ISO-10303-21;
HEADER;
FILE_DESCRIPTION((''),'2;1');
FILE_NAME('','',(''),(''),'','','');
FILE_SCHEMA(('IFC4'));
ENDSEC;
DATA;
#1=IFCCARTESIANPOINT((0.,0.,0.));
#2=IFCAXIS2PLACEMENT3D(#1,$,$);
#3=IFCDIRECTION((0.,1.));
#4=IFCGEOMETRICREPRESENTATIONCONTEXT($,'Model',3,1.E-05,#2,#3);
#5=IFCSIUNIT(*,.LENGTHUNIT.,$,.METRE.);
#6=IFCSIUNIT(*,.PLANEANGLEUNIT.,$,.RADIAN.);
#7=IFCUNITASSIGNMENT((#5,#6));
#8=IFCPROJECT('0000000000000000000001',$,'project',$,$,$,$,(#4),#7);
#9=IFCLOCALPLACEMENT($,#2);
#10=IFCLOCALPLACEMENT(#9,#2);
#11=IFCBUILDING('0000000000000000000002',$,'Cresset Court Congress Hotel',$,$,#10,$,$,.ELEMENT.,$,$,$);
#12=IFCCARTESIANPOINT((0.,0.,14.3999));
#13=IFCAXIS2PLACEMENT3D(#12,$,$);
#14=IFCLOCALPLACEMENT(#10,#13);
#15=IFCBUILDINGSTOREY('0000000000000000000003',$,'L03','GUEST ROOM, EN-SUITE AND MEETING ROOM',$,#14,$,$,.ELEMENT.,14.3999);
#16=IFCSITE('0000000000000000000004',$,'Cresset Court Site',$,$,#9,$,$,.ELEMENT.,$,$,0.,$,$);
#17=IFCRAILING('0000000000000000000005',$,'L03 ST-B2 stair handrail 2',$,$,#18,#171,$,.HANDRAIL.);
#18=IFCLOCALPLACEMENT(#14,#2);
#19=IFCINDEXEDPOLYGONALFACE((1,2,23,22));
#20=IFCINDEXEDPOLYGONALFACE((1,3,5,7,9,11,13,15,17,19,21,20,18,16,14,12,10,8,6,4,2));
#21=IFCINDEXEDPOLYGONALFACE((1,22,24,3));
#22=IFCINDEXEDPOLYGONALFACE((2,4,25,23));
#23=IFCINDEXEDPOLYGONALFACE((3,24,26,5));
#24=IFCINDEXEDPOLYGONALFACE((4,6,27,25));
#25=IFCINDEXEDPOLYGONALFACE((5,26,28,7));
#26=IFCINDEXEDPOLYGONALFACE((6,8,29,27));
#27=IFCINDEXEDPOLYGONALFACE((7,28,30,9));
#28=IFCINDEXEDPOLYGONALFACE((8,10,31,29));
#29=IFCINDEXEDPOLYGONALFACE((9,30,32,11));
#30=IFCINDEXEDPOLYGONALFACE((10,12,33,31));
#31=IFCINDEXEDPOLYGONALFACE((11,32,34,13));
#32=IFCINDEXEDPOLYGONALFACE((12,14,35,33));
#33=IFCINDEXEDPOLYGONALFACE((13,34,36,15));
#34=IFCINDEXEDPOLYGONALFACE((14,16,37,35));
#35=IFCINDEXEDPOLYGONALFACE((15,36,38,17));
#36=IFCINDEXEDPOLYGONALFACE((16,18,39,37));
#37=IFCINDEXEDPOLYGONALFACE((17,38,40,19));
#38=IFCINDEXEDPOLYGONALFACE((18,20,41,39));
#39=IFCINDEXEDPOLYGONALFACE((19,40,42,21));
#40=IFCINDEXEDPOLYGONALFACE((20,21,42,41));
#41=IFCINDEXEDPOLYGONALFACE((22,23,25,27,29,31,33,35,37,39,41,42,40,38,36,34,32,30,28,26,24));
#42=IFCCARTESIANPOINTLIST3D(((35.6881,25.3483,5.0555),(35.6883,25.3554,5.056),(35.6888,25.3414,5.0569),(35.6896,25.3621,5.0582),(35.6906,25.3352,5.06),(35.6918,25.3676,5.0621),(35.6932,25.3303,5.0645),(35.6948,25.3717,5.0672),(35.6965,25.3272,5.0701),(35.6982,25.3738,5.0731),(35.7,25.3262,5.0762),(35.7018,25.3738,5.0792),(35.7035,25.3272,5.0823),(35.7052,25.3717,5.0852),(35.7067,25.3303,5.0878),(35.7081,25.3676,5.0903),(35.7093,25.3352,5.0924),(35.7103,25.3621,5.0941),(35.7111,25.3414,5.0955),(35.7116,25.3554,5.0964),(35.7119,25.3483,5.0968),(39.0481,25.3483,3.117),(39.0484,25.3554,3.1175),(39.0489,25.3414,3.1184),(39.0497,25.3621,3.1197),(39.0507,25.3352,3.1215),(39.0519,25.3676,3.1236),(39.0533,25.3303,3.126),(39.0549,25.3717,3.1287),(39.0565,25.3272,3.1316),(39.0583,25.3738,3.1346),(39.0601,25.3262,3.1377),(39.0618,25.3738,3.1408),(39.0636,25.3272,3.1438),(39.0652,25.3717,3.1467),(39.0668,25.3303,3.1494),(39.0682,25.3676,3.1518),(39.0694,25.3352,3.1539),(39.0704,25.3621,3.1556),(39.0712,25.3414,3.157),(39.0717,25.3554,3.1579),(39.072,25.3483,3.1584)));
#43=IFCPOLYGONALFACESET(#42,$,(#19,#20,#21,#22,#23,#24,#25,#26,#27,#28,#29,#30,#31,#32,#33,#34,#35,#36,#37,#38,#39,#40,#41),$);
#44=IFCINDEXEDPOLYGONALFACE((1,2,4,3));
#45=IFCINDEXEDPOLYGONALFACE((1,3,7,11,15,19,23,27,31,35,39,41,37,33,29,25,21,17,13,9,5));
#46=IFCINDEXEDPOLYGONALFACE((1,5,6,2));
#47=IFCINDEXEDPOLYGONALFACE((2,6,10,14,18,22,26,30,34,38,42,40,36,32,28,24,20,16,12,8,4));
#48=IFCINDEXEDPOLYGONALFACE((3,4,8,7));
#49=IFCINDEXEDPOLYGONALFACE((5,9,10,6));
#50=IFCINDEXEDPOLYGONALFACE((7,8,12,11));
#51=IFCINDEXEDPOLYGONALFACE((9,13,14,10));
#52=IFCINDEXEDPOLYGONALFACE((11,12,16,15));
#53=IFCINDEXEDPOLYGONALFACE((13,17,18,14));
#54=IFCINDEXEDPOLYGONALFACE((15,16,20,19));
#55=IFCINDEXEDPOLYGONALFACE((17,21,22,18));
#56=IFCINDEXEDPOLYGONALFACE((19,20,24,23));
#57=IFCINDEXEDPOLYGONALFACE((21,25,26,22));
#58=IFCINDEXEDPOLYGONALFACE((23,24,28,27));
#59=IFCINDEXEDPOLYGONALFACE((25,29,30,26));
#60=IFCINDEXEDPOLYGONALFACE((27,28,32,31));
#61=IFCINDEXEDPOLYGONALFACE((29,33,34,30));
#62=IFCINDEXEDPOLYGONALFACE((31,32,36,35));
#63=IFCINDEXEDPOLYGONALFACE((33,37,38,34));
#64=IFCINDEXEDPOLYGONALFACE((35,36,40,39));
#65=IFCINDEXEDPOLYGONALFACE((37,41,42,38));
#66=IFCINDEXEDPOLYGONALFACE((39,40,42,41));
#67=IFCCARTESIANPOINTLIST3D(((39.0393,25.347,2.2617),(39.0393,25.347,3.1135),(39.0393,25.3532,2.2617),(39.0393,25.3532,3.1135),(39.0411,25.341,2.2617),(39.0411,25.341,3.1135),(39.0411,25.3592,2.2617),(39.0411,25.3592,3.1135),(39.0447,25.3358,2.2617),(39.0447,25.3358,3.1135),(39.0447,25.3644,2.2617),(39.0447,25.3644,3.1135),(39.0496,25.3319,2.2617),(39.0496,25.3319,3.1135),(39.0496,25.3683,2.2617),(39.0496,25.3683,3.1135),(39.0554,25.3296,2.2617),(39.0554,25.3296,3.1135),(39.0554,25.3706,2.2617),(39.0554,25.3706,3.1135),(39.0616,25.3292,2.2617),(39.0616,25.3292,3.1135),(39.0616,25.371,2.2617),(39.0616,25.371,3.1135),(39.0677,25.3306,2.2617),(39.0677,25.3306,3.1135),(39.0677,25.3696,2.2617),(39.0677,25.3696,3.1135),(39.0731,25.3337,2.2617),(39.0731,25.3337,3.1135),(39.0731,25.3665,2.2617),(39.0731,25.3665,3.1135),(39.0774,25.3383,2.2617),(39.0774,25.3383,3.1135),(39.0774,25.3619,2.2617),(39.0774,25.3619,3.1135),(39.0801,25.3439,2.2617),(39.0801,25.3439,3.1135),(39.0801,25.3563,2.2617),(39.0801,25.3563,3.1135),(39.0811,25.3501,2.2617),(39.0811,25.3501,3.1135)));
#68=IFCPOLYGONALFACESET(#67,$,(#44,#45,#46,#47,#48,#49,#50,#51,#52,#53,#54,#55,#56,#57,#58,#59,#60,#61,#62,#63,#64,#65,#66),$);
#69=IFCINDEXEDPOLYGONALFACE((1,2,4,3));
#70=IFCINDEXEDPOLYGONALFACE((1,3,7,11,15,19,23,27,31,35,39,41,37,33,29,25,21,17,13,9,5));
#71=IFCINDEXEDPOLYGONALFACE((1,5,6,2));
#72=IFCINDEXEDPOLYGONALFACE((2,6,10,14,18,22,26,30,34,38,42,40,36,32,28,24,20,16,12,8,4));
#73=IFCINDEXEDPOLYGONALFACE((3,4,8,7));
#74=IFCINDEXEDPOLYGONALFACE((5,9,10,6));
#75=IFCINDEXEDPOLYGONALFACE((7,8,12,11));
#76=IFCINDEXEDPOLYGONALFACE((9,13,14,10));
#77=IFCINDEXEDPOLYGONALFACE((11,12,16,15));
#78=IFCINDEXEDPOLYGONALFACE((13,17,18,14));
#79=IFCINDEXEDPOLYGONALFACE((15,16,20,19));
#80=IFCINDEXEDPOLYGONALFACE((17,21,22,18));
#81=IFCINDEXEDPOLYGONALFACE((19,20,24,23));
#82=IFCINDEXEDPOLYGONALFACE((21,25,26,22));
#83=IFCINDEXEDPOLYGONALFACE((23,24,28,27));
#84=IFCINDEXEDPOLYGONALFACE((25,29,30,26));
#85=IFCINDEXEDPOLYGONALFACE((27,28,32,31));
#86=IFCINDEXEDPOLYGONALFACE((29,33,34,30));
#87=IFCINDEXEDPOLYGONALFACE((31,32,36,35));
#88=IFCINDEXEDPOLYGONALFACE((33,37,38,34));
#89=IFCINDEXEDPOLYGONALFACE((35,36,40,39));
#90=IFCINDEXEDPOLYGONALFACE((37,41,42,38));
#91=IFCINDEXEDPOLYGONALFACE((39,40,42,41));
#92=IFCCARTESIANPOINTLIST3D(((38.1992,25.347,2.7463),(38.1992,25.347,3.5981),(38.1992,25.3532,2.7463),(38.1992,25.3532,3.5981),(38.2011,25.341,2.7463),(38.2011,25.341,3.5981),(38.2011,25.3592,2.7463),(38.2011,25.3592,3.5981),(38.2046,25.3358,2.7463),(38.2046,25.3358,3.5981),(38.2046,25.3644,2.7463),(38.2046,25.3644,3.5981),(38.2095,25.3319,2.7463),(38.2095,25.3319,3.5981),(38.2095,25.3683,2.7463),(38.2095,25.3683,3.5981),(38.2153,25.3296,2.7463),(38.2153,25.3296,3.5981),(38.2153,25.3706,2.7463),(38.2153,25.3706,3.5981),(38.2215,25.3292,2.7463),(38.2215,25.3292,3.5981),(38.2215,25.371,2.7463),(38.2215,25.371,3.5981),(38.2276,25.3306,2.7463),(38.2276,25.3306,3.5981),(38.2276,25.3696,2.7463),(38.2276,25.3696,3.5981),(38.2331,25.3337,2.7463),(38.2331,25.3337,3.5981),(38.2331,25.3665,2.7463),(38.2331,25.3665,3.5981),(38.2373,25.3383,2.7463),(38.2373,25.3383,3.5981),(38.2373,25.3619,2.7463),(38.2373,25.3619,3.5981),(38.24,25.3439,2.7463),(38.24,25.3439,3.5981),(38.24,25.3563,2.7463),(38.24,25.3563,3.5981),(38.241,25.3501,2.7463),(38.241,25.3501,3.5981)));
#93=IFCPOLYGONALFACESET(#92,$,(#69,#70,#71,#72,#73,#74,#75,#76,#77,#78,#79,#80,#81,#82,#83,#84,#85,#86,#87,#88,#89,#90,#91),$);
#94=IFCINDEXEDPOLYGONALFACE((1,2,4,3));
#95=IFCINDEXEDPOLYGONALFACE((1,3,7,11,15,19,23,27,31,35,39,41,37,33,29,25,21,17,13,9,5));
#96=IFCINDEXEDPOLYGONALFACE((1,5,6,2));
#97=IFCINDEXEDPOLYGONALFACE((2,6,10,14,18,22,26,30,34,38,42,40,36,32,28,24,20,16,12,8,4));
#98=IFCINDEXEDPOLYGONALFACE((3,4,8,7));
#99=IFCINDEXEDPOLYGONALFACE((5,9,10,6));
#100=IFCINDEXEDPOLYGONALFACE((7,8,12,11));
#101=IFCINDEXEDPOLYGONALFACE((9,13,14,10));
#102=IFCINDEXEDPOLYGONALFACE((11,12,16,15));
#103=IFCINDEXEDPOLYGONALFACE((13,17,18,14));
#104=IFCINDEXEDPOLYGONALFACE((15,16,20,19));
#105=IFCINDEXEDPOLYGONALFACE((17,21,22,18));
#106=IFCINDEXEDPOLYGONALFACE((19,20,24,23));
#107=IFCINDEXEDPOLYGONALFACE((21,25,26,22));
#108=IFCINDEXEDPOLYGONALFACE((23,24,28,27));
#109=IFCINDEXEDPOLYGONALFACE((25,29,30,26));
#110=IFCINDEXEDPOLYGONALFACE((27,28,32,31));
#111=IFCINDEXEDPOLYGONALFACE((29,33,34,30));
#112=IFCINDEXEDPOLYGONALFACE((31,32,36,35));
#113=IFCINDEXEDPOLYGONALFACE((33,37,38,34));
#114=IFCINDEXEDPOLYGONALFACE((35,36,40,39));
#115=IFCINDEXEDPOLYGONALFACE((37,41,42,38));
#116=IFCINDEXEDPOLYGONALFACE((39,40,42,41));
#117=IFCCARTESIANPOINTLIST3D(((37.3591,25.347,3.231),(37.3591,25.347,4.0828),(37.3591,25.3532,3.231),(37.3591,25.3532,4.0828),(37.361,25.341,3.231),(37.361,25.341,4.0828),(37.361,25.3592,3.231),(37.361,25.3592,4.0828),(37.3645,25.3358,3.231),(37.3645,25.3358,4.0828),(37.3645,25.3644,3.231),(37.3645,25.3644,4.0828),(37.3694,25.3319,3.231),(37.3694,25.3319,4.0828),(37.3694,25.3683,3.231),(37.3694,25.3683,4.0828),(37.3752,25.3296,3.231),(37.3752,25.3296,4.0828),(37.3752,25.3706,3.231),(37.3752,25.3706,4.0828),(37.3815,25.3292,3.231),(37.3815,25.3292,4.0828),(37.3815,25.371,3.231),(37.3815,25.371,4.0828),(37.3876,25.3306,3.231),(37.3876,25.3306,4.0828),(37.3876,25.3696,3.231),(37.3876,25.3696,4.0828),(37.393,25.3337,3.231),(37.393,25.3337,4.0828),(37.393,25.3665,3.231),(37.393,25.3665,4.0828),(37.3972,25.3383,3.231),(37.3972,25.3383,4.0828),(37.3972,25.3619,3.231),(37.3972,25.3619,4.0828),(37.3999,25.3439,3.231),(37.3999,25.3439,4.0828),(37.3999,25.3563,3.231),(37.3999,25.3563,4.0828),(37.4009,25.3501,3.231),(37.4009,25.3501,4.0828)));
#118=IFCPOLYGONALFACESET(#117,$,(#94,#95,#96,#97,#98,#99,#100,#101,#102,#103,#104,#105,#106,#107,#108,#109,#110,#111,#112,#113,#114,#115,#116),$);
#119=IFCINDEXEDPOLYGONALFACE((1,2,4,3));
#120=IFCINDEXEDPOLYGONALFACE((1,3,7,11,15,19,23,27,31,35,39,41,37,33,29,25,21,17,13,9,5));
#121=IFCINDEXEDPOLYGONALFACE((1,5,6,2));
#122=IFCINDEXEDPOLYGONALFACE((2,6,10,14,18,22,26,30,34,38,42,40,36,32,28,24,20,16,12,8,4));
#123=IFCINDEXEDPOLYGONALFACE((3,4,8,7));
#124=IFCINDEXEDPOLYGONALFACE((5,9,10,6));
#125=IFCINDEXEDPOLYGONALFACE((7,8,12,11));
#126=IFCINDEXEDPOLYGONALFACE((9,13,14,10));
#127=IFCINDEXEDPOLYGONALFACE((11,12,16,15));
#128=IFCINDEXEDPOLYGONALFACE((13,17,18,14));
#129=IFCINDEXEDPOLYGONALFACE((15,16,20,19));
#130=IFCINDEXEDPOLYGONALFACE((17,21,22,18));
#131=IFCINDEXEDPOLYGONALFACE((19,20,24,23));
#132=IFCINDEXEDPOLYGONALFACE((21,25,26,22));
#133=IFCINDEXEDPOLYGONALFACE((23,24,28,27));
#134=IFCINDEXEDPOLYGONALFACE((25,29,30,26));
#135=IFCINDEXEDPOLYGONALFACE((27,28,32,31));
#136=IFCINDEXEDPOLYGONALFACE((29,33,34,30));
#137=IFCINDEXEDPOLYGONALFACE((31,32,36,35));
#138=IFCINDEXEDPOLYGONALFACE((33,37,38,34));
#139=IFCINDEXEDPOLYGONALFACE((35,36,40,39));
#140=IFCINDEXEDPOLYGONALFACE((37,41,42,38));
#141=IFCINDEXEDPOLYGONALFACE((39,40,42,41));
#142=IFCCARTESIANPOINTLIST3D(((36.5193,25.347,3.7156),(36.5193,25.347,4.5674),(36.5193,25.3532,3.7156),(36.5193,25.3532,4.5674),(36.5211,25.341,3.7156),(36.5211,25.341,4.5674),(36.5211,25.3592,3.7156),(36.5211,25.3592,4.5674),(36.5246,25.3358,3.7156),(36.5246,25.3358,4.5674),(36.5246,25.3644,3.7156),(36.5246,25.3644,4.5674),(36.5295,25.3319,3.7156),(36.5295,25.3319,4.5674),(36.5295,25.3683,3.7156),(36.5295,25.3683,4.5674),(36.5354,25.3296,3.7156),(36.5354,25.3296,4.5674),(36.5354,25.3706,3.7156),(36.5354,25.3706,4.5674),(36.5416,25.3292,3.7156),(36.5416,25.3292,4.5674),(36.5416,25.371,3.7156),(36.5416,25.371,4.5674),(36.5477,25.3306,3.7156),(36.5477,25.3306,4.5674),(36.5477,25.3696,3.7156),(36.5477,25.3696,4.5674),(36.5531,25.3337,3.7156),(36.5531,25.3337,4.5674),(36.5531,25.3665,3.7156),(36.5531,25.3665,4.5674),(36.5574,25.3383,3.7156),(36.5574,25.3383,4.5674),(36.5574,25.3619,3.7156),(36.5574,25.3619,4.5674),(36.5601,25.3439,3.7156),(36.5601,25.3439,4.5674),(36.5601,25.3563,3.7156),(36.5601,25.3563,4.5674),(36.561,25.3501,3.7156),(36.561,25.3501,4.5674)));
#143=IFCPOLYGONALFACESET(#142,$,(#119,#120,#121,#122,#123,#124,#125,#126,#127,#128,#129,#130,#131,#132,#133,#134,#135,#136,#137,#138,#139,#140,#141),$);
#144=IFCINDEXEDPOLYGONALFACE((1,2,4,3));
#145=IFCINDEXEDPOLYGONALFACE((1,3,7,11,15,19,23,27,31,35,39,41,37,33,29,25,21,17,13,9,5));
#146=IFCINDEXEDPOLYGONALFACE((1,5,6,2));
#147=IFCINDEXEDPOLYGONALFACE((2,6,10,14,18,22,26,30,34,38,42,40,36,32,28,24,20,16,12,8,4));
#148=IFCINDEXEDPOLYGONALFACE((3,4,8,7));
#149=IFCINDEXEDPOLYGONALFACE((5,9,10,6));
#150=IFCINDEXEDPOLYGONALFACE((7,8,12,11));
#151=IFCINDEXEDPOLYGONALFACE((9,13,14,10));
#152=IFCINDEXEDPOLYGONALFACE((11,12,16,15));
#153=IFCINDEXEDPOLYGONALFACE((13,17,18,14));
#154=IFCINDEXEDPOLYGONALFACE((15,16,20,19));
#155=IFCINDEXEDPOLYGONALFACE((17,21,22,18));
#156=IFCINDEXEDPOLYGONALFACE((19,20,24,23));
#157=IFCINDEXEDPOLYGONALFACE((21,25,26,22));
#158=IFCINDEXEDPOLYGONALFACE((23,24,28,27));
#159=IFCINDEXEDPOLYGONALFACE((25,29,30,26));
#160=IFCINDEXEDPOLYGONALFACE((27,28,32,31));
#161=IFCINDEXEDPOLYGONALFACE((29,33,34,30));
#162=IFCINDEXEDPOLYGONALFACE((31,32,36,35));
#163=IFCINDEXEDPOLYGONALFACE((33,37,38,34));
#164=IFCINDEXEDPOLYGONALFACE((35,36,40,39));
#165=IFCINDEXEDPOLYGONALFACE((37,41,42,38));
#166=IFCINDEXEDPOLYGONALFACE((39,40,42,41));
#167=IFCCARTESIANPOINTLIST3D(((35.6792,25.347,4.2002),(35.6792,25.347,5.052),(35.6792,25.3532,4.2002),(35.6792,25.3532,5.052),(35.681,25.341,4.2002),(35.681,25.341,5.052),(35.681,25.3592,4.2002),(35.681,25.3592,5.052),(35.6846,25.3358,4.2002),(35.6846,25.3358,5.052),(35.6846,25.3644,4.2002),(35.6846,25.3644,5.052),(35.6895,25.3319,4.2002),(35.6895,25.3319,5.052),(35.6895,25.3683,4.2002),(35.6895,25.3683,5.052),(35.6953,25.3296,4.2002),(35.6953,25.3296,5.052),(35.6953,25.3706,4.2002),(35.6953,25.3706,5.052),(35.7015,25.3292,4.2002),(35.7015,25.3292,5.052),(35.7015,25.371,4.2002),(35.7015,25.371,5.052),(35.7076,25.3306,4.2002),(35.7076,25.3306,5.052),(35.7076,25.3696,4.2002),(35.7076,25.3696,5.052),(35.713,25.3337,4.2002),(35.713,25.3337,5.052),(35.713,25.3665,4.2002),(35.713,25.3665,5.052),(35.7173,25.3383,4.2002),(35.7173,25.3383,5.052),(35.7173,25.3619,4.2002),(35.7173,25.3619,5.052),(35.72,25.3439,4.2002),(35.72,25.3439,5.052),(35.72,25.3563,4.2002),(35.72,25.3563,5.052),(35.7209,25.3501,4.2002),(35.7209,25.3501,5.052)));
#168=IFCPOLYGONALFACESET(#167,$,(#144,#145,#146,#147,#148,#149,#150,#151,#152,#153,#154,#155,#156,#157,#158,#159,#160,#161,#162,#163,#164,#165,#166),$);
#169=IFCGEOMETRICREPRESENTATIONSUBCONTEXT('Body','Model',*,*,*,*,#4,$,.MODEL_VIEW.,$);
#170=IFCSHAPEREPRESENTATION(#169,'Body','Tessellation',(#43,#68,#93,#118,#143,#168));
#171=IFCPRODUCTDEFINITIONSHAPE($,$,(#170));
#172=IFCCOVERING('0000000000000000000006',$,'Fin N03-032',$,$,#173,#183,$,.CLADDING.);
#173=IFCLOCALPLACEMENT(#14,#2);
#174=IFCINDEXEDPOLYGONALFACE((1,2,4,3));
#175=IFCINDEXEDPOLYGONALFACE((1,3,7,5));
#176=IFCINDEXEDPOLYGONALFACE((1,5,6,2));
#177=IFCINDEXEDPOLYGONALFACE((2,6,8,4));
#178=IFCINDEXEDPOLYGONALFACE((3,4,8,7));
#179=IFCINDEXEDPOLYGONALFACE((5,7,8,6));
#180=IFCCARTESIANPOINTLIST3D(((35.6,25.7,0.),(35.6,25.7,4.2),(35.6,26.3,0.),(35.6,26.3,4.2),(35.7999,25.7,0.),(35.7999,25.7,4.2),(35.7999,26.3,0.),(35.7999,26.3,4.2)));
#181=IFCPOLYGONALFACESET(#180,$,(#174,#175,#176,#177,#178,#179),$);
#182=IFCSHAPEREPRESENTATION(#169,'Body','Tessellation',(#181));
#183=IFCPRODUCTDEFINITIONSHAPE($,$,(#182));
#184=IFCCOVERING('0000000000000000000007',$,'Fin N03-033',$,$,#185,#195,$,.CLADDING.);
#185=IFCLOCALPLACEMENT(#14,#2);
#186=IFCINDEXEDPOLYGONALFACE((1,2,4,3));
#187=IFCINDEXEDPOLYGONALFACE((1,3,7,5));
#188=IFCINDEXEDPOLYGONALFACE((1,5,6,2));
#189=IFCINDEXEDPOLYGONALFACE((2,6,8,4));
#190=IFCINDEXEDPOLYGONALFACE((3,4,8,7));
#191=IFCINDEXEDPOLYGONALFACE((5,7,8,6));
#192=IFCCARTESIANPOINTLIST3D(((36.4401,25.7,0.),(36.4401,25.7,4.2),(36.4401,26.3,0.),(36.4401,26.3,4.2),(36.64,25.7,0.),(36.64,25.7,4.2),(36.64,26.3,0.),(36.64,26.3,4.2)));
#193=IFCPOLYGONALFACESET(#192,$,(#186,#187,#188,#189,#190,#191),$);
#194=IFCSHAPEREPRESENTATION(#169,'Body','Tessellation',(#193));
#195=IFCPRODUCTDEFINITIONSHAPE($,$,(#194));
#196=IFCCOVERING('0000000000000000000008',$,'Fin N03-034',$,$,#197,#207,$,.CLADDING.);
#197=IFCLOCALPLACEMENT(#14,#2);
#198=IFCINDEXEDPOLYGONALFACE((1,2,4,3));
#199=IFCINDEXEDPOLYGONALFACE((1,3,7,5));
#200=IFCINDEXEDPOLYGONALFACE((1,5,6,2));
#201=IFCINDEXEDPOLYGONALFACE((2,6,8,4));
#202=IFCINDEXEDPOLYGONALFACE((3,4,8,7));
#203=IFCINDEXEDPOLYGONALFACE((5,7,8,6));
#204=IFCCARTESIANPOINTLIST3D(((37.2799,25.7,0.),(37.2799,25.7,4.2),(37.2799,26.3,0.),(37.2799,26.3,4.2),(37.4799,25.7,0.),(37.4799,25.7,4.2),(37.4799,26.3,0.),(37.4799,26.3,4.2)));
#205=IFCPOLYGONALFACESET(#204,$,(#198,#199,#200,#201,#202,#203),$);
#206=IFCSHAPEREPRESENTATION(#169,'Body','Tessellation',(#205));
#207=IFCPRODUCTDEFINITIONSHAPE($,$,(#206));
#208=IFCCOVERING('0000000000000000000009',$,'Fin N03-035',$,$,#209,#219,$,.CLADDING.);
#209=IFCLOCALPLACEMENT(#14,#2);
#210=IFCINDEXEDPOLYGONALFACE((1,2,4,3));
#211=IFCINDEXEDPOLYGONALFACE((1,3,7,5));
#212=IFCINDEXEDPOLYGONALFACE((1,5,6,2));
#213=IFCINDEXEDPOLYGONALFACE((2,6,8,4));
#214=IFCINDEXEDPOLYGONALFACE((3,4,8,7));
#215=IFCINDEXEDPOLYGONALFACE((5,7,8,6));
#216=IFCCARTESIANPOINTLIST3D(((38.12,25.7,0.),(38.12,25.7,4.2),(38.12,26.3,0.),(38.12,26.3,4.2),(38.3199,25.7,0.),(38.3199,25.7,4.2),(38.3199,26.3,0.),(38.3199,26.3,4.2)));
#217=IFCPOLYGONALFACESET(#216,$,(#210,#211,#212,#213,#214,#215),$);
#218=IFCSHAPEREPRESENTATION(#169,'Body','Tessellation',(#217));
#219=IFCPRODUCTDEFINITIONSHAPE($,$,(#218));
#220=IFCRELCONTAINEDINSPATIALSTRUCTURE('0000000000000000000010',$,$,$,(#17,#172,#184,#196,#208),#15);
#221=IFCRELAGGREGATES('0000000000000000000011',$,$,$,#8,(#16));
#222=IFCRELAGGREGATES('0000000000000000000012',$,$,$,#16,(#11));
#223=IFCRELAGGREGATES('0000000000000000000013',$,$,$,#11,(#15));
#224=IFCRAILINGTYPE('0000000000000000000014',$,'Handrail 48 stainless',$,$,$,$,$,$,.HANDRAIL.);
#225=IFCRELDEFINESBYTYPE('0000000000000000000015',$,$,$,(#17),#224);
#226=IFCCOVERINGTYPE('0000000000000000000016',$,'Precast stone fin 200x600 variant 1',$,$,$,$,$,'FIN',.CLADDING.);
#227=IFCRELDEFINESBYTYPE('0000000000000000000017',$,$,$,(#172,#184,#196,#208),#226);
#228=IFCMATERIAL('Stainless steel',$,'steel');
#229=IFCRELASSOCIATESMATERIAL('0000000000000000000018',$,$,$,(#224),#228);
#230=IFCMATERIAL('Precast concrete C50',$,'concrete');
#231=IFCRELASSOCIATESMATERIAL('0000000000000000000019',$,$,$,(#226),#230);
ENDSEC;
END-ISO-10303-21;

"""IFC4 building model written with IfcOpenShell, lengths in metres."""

from ifc_helpers import new_model, si_unit, direction, frame, origin, origin_2d, place, context, subcontext, project, spatial, rectangle, circle, extrude, material, type_object, element, save


model = new_model("IFC4")

# Units and contexts
model_context = context("Model", 3, precision=1e-05, world=origin(), true_north=direction((0.0, 1.0)))
body_context = subcontext(model_context, "Body", "Model", "MODEL_VIEW")
ifc_project = project(units=[si_unit("LENGTHUNIT", "METRE"), si_unit("PLANEANGLEUNIT", "RADIAN")], contexts=[model_context])

# Site, building, storey
site_placement = place(None, origin())
site = spatial("IfcSite", under=ifc_project, at=site_placement, Name="Cresset Court Site", CompositionType="ELEMENT", RefElevation=0.0)
building_placement = place(site_placement, origin())
building = spatial("IfcBuilding", under=site, at=building_placement, Name="Cresset Court Congress Hotel", CompositionType="ELEMENT")
storey_placement = place(building_placement, frame((0.0, 0.0, 14.3999)))
storey = spatial("IfcBuildingStorey", under=building, at=storey_placement, Name="L03", Description="GUEST ROOM, EN-SUITE AND MEETING ROOM", CompositionType="ELEMENT", Elevation=14.3999)

# Railing
ifc_material_1 = material(Name="Stainless steel", Category="steel")
railing_type_1 = type_object("IfcRailingType", Name="Handrail 48 stainless", PredefinedType="HANDRAIL", material=ifc_material_1)
railing_1_placement = place(storey_placement, frame((39.0601, 25.3501, 2.2617)))
element("IfcRailing", 1, at=railing_1_placement, inside=storey, type_object=railing_type_1, Name="L03 ST-B2 stair handrail 2", PredefinedType="HANDRAIL", context=body_context, shape_type="SweptSolid", body=[
    extrude(circle(Radius=0.0239, at=origin_2d()), frame((0.0, 0.0, 0.876), z_axis=(-0.866191, 0.0, 0.499713), x_axis=(0.0, -1.0, 0.0)), (0.0, 0.0, 1.0), 3.8792),
    extrude(circle(Radius=0.021, at=origin_2d()), origin(), (0.0, 0.0, 1.0), 0.8518),
    extrude(circle(Radius=0.021, at=origin_2d()), frame((-0.8401, 0.0, 0.4846)), (0.0, 0.0, 1.0), 0.8518),
    extrude(circle(Radius=0.021, at=origin_2d()), frame((-1.6802, 0.0, 0.9692)), (0.0, 0.0, 1.0), 0.8518),
    extrude(circle(Radius=0.021, at=origin_2d()), frame((-2.52, 0.0, 1.4539)), (0.0, 0.0, 1.0), 0.8518),
    extrude(circle(Radius=0.021, at=origin_2d()), frame((-3.3601, 0.0, 1.9385)), (0.0, 0.0, 1.0), 0.8518),
])

# Coverings
ifc_material_2 = material(Name="Precast concrete C50", Category="concrete")
covering_type_1 = type_object("IfcCoveringType", Name="Precast stone fin 200x600 variant 1", ElementType="FIN", PredefinedType="CLADDING", material=ifc_material_2)
for number, where, z_axis, x_axis, name in (
    (2, (35.7, 26.0, 0.0), (0.0, 0.0, 1.0), (1.0, 0.0, 0.0), "Fin N03-032"),
    (3, (36.54, 26.0, 0.0), (0.0, 0.0, 1.0), (1.0, 0.0, 0.0), "Fin N03-033"),
    (4, (37.3799, 26.0, 0.0), (0.0, 0.0, 1.0), (1.0, 0.0, 0.0), "Fin N03-034"),
    (5, (38.22, 26.0, 0.0), (0.0, 0.0, 1.0), (1.0, 0.0, 0.0), "Fin N03-035"),
):
    element("IfcCovering", number, at=place(storey_placement, frame(where, z_axis=z_axis, x_axis=x_axis)), inside=storey, type_object=covering_type_1, Name=name, PredefinedType="CLADDING", context=body_context, shape_type="SweptSolid", body=[
        extrude(rectangle(XDim=0.2, YDim=0.6001, at=origin_2d()), origin(), (0.0, 0.0, 1.0), 4.2),
    ])

save(model, "model.ifc")
